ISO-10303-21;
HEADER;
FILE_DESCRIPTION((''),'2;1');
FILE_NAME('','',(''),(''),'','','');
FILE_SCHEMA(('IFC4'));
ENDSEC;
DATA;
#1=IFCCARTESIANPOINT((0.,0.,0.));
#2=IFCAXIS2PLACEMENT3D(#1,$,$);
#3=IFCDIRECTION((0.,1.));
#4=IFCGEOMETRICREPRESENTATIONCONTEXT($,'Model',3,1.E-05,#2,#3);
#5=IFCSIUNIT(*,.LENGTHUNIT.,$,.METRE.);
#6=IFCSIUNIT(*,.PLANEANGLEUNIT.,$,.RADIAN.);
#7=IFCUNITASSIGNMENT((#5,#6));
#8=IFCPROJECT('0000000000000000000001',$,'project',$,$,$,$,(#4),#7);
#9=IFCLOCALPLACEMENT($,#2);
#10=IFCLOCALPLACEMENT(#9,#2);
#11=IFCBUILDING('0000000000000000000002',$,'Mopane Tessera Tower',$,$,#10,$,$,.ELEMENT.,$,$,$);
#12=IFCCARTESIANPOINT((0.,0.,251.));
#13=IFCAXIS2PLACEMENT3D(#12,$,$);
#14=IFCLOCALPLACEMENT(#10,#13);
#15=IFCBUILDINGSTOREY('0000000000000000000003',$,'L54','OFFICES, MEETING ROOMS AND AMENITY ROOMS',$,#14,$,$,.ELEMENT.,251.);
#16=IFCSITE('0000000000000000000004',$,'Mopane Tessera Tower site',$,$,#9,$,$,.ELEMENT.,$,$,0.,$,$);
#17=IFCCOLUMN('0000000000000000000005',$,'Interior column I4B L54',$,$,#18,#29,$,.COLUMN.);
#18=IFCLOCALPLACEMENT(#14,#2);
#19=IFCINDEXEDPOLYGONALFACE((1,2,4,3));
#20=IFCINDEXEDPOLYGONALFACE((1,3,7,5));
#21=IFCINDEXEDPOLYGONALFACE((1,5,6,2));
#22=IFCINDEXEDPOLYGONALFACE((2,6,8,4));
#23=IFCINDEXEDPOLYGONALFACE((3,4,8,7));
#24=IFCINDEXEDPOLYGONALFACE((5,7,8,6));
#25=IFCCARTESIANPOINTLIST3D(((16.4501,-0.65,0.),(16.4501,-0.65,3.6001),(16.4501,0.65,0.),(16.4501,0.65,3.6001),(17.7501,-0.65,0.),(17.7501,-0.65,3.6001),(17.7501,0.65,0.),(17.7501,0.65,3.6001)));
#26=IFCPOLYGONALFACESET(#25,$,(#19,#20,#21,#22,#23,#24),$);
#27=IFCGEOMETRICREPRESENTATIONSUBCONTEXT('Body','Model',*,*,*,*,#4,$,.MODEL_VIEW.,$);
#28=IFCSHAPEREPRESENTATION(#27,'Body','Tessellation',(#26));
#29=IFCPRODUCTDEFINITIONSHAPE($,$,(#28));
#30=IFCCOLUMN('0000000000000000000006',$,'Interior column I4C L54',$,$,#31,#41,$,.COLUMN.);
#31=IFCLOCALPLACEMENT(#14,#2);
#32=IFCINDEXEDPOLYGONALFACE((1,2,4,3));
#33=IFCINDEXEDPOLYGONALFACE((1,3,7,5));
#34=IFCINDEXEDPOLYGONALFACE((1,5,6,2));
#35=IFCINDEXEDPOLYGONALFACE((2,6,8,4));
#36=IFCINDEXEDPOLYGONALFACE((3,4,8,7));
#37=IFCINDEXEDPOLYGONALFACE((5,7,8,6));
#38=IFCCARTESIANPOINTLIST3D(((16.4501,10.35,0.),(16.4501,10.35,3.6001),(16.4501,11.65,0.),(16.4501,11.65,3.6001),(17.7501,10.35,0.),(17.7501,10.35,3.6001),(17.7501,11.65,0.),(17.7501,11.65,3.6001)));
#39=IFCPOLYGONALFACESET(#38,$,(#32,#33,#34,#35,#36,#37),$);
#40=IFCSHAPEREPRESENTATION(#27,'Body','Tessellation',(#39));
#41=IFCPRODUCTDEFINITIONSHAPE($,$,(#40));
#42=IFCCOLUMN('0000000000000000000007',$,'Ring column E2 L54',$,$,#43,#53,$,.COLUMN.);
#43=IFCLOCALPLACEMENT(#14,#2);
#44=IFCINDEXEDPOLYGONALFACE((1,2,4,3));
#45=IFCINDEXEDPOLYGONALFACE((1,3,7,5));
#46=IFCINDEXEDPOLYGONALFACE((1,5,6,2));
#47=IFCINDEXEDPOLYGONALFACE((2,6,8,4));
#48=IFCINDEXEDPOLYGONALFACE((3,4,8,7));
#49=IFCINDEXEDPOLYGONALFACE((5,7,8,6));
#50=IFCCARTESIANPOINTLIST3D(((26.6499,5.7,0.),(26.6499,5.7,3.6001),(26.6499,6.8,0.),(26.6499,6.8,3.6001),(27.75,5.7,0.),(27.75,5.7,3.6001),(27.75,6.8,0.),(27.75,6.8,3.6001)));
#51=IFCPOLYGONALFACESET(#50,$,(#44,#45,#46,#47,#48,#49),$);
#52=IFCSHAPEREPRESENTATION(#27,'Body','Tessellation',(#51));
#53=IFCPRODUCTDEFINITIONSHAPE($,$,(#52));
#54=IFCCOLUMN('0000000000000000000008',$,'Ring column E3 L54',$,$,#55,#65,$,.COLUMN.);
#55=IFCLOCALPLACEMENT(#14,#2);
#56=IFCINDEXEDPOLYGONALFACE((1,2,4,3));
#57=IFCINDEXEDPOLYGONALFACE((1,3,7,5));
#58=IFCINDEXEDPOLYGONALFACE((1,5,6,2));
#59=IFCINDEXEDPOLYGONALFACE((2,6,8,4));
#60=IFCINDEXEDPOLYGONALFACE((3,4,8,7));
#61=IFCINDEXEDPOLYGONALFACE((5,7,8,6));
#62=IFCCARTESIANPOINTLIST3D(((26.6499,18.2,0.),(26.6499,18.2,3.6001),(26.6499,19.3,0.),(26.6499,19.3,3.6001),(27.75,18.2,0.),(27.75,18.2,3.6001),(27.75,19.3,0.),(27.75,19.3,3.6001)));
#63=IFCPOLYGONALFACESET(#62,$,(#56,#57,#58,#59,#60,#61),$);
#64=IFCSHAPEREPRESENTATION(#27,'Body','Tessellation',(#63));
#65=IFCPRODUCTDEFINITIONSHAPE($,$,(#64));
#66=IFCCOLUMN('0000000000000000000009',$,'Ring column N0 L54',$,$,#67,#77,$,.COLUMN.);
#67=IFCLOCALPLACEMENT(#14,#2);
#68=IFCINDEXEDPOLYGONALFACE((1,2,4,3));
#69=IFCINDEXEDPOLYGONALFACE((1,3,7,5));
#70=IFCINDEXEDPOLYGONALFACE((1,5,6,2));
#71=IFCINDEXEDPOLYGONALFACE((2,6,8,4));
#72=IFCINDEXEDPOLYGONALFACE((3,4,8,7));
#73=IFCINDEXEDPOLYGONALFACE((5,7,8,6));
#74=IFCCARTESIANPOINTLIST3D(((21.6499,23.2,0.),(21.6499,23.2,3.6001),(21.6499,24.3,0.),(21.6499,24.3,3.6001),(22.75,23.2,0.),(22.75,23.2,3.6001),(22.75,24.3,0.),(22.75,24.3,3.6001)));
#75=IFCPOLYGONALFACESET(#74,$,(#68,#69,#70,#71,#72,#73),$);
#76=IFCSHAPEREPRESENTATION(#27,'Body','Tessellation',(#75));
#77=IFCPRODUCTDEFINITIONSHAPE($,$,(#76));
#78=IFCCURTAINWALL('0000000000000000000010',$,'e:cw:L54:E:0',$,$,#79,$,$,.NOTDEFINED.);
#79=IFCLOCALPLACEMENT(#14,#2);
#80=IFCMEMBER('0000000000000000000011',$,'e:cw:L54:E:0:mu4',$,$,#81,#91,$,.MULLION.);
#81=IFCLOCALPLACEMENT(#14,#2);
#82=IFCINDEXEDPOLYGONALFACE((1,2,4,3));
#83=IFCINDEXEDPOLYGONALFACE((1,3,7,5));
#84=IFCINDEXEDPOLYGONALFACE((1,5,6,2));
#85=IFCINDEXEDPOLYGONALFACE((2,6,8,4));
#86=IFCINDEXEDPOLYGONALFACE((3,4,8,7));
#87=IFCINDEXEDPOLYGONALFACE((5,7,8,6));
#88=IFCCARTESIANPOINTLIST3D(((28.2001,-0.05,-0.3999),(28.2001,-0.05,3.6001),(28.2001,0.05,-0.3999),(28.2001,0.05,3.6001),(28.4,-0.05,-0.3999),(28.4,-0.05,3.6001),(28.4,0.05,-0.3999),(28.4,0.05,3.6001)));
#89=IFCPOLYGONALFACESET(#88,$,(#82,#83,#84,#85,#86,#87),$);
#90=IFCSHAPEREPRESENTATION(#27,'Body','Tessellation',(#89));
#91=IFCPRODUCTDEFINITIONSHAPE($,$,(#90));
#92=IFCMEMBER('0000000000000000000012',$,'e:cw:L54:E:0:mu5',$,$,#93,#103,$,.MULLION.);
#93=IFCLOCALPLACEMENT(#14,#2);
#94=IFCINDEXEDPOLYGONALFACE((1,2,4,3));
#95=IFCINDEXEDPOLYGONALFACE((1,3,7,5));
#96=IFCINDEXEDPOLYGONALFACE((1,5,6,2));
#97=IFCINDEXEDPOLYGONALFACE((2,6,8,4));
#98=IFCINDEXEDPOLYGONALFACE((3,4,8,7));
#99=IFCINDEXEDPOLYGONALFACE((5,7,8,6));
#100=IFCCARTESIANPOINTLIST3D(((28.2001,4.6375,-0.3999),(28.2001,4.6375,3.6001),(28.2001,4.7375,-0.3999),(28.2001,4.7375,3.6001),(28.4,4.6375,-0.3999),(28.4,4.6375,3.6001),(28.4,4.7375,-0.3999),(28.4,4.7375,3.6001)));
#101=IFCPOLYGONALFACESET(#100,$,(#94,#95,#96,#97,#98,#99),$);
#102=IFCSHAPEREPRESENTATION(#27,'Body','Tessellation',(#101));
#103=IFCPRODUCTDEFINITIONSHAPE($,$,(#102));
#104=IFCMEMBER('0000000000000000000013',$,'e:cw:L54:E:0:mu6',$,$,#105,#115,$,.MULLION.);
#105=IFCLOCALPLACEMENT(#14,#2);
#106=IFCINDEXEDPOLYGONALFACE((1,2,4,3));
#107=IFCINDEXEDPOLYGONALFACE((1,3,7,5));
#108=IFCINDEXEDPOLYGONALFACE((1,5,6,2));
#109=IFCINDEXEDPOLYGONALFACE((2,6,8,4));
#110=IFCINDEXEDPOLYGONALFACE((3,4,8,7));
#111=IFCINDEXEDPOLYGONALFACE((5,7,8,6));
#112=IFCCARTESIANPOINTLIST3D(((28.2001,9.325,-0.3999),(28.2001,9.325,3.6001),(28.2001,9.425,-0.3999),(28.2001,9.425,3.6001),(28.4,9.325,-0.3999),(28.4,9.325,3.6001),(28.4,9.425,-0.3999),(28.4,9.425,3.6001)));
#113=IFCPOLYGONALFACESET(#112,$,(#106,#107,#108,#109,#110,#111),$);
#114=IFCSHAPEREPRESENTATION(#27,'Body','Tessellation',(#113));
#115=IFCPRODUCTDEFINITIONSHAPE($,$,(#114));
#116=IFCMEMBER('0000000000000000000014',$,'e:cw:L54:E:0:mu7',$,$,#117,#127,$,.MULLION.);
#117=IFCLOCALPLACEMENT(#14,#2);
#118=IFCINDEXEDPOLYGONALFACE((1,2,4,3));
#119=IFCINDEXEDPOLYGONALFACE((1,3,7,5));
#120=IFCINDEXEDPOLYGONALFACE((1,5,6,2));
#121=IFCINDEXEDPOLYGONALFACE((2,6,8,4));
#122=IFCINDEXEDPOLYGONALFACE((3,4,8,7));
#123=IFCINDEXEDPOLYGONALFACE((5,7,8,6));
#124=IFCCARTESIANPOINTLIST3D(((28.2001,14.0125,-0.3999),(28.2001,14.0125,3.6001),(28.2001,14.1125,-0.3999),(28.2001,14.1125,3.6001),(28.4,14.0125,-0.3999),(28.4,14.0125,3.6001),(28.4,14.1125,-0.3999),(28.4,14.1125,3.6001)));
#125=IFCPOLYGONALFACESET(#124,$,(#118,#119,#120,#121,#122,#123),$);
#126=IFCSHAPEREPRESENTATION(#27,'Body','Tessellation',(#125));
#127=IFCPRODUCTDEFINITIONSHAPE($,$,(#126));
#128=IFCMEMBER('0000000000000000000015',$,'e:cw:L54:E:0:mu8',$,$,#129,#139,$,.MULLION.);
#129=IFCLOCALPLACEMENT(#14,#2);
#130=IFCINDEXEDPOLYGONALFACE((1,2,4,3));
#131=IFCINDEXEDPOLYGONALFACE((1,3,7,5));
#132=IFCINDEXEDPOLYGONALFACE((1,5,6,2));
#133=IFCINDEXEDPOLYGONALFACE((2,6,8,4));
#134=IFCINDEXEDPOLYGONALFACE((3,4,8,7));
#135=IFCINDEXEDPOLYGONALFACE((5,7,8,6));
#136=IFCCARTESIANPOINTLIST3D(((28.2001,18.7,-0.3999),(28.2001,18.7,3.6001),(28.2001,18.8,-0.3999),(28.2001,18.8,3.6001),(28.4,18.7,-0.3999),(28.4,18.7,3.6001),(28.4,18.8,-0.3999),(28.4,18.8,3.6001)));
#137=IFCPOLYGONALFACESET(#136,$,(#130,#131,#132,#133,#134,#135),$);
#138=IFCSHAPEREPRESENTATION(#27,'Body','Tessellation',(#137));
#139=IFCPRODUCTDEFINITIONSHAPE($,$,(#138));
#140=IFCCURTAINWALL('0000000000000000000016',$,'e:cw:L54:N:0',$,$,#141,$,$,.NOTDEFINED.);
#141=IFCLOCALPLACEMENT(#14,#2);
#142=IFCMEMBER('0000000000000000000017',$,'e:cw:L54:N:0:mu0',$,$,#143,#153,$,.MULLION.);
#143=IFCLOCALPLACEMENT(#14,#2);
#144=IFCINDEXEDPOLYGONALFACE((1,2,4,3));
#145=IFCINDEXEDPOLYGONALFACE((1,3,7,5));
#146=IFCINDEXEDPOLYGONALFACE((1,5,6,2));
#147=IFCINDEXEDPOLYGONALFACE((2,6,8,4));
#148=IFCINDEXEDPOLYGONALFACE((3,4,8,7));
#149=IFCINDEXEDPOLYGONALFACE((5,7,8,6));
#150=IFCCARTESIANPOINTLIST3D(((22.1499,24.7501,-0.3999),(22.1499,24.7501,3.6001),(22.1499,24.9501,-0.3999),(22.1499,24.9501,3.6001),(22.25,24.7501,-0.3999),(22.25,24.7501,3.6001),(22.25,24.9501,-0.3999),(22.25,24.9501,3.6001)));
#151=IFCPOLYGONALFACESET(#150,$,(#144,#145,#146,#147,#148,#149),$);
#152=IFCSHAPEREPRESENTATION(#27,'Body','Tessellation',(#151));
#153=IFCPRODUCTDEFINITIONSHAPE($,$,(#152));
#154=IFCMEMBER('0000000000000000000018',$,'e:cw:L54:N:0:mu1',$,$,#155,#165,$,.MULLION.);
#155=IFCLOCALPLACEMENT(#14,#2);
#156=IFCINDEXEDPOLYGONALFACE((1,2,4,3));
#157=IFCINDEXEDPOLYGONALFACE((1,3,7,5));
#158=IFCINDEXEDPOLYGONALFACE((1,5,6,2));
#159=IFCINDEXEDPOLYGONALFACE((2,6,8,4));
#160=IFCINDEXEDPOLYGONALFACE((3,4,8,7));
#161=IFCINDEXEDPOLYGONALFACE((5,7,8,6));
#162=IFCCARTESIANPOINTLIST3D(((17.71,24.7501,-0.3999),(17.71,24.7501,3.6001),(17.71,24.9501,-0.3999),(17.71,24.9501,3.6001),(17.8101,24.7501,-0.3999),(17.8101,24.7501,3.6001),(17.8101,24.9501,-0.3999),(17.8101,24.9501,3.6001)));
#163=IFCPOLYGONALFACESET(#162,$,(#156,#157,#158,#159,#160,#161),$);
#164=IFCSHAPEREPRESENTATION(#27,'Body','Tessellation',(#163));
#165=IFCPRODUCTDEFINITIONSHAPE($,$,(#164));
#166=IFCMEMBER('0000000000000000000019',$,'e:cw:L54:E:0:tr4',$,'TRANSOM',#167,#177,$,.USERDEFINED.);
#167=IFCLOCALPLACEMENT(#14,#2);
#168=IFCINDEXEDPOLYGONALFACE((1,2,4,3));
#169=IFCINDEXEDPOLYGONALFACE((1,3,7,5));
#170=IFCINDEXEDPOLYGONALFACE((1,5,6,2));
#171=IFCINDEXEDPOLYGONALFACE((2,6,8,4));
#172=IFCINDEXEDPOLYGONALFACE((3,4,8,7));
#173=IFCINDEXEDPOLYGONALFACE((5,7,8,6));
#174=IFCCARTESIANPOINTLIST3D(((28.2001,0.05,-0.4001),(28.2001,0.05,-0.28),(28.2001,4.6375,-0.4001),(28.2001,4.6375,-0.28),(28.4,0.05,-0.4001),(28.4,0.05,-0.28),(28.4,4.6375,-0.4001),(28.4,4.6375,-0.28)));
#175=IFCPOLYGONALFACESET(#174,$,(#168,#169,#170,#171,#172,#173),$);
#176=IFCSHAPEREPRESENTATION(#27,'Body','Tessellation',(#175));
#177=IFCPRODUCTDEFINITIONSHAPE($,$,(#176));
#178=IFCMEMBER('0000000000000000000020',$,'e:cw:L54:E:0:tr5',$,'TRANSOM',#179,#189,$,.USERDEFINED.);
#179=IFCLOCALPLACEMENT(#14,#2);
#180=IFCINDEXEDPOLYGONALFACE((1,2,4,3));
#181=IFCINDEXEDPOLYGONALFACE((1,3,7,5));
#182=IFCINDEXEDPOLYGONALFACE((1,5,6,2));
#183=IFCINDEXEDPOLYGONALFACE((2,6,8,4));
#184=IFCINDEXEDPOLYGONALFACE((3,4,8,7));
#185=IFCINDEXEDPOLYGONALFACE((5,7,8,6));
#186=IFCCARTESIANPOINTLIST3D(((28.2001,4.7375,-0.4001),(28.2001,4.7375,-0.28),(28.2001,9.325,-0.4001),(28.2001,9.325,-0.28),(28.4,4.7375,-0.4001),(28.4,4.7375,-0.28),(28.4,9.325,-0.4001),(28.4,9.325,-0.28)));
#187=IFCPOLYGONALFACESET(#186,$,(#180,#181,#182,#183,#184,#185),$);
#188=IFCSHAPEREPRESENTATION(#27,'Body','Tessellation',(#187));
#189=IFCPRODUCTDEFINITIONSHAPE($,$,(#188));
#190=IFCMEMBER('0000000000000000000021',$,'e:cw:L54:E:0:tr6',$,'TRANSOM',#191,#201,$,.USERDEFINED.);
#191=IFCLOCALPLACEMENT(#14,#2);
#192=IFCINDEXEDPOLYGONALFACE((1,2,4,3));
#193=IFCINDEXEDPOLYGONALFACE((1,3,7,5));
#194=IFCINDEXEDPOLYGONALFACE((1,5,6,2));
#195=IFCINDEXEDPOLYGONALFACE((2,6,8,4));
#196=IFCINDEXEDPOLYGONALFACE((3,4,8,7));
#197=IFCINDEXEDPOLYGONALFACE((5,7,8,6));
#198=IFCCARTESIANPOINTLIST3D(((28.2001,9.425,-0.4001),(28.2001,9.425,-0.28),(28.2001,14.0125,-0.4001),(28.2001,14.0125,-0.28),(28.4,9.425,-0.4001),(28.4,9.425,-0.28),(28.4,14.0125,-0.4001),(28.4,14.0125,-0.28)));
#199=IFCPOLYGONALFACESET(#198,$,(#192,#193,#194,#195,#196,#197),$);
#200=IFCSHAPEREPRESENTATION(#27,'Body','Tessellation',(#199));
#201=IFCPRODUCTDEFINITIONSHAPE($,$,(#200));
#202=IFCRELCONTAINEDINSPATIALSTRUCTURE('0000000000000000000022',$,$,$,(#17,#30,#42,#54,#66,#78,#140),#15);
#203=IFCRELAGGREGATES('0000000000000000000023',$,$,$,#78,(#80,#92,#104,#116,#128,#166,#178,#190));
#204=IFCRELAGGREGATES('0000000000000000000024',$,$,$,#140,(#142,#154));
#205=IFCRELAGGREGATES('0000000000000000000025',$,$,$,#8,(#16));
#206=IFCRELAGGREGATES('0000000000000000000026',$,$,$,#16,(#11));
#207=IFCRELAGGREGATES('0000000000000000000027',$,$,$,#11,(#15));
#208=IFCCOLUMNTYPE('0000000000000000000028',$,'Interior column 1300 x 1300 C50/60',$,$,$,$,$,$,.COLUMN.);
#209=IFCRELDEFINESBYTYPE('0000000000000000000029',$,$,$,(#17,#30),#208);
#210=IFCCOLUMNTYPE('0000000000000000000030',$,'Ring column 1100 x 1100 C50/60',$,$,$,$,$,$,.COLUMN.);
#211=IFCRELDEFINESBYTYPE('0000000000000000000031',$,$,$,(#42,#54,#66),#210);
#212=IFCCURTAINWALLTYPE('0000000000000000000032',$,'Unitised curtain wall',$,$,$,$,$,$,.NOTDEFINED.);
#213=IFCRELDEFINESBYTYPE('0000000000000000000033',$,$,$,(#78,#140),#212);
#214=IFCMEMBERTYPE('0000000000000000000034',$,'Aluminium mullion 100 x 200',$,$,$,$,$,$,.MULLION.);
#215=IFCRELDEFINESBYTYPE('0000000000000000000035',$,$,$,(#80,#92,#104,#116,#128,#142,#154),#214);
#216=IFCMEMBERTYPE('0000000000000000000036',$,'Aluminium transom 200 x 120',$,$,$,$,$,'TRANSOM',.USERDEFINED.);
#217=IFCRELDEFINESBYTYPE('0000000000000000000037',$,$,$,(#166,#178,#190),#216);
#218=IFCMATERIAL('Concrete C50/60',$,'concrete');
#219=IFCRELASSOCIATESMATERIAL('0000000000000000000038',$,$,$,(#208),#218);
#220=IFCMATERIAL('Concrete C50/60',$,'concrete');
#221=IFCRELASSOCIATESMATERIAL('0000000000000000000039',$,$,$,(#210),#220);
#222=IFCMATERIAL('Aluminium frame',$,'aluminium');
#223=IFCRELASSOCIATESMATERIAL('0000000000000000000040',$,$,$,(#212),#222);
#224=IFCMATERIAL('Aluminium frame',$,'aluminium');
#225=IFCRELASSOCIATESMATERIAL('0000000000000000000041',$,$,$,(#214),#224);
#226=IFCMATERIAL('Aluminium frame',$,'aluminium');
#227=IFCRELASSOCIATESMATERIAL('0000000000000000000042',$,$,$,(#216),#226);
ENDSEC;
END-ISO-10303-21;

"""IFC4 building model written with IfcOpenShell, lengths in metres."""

from ifc_helpers import new_model, si_unit, direction, frame, origin, origin_2d, place, context, subcontext, project, spatial, rectangle, extrude, material, material_profile, profile_set, type_object, element, aggregate, save


model = new_model("IFC4")

# Units and contexts
model_context = context("Model", 3, precision=1e-05, world=origin(), true_north=direction((0.0, 1.0)))
body_context = subcontext(model_context, "Body", "Model", "MODEL_VIEW")
ifc_project = project(units=[si_unit("LENGTHUNIT", "METRE"), si_unit("PLANEANGLEUNIT", "RADIAN")], contexts=[model_context])

# Site, building, storey
site_placement = place(None, origin())
site = spatial("IfcSite", under=ifc_project, at=site_placement, Name="Mopane Tessera Tower site", CompositionType="ELEMENT", RefElevation=0.0)
building_placement = place(site_placement, origin())
building = spatial("IfcBuilding", under=site, at=building_placement, Name="Mopane Tessera Tower", CompositionType="ELEMENT")
storey_placement = place(building_placement, frame((0.0, 0.0, 251.0)))
storey = spatial("IfcBuildingStorey", under=building, at=storey_placement, Name="L54", Description="OFFICES, MEETING ROOMS AND AMENITY ROOMS", CompositionType="ELEMENT", Elevation=251.0)

# Columns
ifc_material_1 = material(Name="Concrete C50/60", Category="concrete")
ifc_material_profile_1 = material_profile(ifc_material_1, rectangle(XDim=1.3, YDim=1.3, at=origin_2d()))
ifc_profile_set_1 = profile_set([ifc_material_profile_1], Name="Concrete C50/60")
column_type_1 = type_object("IfcColumnType", Name="Interior column 1300 x 1300 C50/60", PredefinedType="COLUMN", material=ifc_profile_set_1)
for number, where, z_axis, x_axis, name in (
    (1, (17.1001, 0.0, 0.0), (0.0, 0.0, 1.0), (1.0, 0.0, 0.0), "Interior column I4B L54"),
    (2, (17.1001, 11.0, 0.0), (0.0, 0.0, 1.0), (1.0, 0.0, 0.0), "Interior column I4C L54"),
):
    element("IfcColumn", number, at=place(storey_placement, frame(where, z_axis=z_axis, x_axis=x_axis)), inside=storey, type_object=column_type_1, Name=name, PredefinedType="COLUMN", context=body_context, shape_type="SweptSolid", body=[
        extrude(rectangle(XDim=1.3, YDim=1.3, at=origin_2d()), origin(), (0.0, 0.0, 1.0), 3.6001),
    ])
ifc_material_2 = material(Name="Concrete C50/60", Category="concrete")
ifc_material_profile_2 = material_profile(ifc_material_2, rectangle(XDim=1.1001, YDim=1.1001, at=origin_2d()))
ifc_profile_set_2 = profile_set([ifc_material_profile_2], Name="Concrete C50/60")
column_type_2 = type_object("IfcColumnType", Name="Ring column 1100 x 1100 C50/60", PredefinedType="COLUMN", material=ifc_profile_set_2)
for number, where, z_axis, x_axis, name in (
    (3, (27.2, 6.25, 0.0), (0.0, 0.0, 1.0), (1.0, 0.0, 0.0), "Ring column E2 L54"),
    (4, (27.2, 18.75, 0.0), (0.0, 0.0, 1.0), (1.0, 0.0, 0.0), "Ring column E3 L54"),
    (5, (22.2, 23.75, 0.0), (0.0, 0.0, 1.0), (1.0, 0.0, 0.0), "Ring column N0 L54"),
):
    element("IfcColumn", number, at=place(storey_placement, frame(where, z_axis=z_axis, x_axis=x_axis)), inside=storey, type_object=column_type_2, Name=name, PredefinedType="COLUMN", context=body_context, shape_type="SweptSolid", body=[
        extrude(rectangle(XDim=1.1001, YDim=1.1001, at=origin_2d()), origin(), (0.0, 0.0, 1.0), 3.6001),
    ])

# Curtain walls, members
ifc_material_3 = material(Name="Aluminium frame", Category="aluminium")
curtain_wall_type = type_object("IfcCurtainWallType", Name="Unitised curtain wall", PredefinedType="NOTDEFINED", material=ifc_material_3)
curtain_wall_1_placement = place(storey_placement, origin())
curtain_wall_1 = element("IfcCurtainWall", 6, at=curtain_wall_1_placement, inside=storey, type_object=curtain_wall_type, Name="e:cw:L54:E:0", PredefinedType="NOTDEFINED")
ifc_material_4 = material(Name="Aluminium frame", Category="aluminium")
ifc_material_profile_3 = material_profile(ifc_material_4, rectangle(XDim=0.1001, YDim=0.2, at=origin_2d()))
ifc_profile_set_3 = profile_set([ifc_material_profile_3], Name="Aluminium frame")
member_type_1 = type_object("IfcMemberType", Name="Aluminium mullion 100 x 200", PredefinedType="MULLION", material=ifc_profile_set_3)
member_1_placement = place(storey_placement, frame((28.3, 0.0, -0.3999), z_axis=(0.0, 0.0, 1.0), x_axis=(0.0, 1.0, 0.0)))
member_1 = element("IfcMember", 7, at=member_1_placement, type_object=member_type_1, Name="e:cw:L54:E:0:mu4", PredefinedType="MULLION", context=body_context, shape_type="SweptSolid", body=[
    extrude(rectangle(XDim=0.1001, YDim=0.2, at=origin_2d()), origin(), (0.0, 0.0, 1.0), 4.0),
])
member_2_placement = place(storey_placement, frame((28.3, 4.6875, -0.3999), z_axis=(0.0, 0.0, 1.0), x_axis=(0.0, 1.0, 0.0)))
member_2 = element("IfcMember", 8, at=member_2_placement, type_object=member_type_1, Name="e:cw:L54:E:0:mu5", PredefinedType="MULLION", context=body_context, shape_type="SweptSolid", body=[
    extrude(rectangle(XDim=0.1001, YDim=0.2, at=origin_2d()), origin(), (0.0, 0.0, 1.0), 4.0),
])
member_3_placement = place(storey_placement, frame((28.3, 9.375, -0.3999), z_axis=(0.0, 0.0, 1.0), x_axis=(0.0, 1.0, 0.0)))
member_3 = element("IfcMember", 9, at=member_3_placement, type_object=member_type_1, Name="e:cw:L54:E:0:mu6", PredefinedType="MULLION", context=body_context, shape_type="SweptSolid", body=[
    extrude(rectangle(XDim=0.1001, YDim=0.2, at=origin_2d()), origin(), (0.0, 0.0, 1.0), 4.0),
])
member_4_placement = place(storey_placement, frame((28.3, 14.0625, -0.3999), z_axis=(0.0, 0.0, 1.0), x_axis=(0.0, 1.0, 0.0)))
member_4 = element("IfcMember", 10, at=member_4_placement, type_object=member_type_1, Name="e:cw:L54:E:0:mu7", PredefinedType="MULLION", context=body_context, shape_type="SweptSolid", body=[
    extrude(rectangle(XDim=0.1001, YDim=0.2, at=origin_2d()), origin(), (0.0, 0.0, 1.0), 4.0),
])
member_5_placement = place(storey_placement, frame((28.3, 18.75, -0.3999), z_axis=(0.0, 0.0, 1.0), x_axis=(0.0, 1.0, 0.0)))
member_5 = element("IfcMember", 11, at=member_5_placement, type_object=member_type_1, Name="e:cw:L54:E:0:mu8", PredefinedType="MULLION", context=body_context, shape_type="SweptSolid", body=[
    extrude(rectangle(XDim=0.1001, YDim=0.2, at=origin_2d()), origin(), (0.0, 0.0, 1.0), 4.0),
])
curtain_wall_2_placement = place(storey_placement, origin())
curtain_wall_2 = element("IfcCurtainWall", 12, at=curtain_wall_2_placement, inside=storey, type_object=curtain_wall_type, Name="e:cw:L54:N:0", PredefinedType="NOTDEFINED")
member_6_placement = place(storey_placement, frame((22.2, 24.8501, -0.3999), z_axis=(0.0, 0.0, 1.0), x_axis=(-1.0, 0.0, 0.0)))
member_6 = element("IfcMember", 13, at=member_6_placement, type_object=member_type_1, Name="e:cw:L54:N:0:mu0", PredefinedType="MULLION", context=body_context, shape_type="SweptSolid", body=[
    extrude(rectangle(XDim=0.1001, YDim=0.2, at=origin_2d()), origin(), (0.0, 0.0, 1.0), 4.0),
])
member_7_placement = place(storey_placement, frame((17.76, 24.8501, -0.3999), z_axis=(0.0, 0.0, 1.0), x_axis=(-1.0, 0.0, 0.0)))
member_7 = element("IfcMember", 14, at=member_7_placement, type_object=member_type_1, Name="e:cw:L54:N:0:mu1", PredefinedType="MULLION", context=body_context, shape_type="SweptSolid", body=[
    extrude(rectangle(XDim=0.1001, YDim=0.2, at=origin_2d()), origin(), (0.0, 0.0, 1.0), 4.0),
])

# Members
ifc_material_5 = material(Name="Aluminium frame", Category="aluminium")
ifc_material_profile_4 = material_profile(ifc_material_5, rectangle(XDim=0.2, YDim=0.1201, at=origin_2d()))
ifc_profile_set_4 = profile_set([ifc_material_profile_4], Name="Aluminium frame")
member_type_2 = type_object("IfcMemberType", Name="Aluminium transom 200 x 120", ElementType="TRANSOM", PredefinedType="USERDEFINED", material=ifc_profile_set_4)
member_8_placement = place(storey_placement, frame((28.3, 0.05, -0.3401), z_axis=(0.0, 1.0, 0.0), x_axis=(-1.0, 0.0, 0.0)))
member_8 = element("IfcMember", 15, at=member_8_placement, type_object=member_type_2, Name="e:cw:L54:E:0:tr4", ObjectType="TRANSOM", PredefinedType="USERDEFINED", context=body_context, shape_type="SweptSolid", body=[
    extrude(rectangle(XDim=0.2, YDim=0.1201, at=origin_2d()), origin(), (0.0, 0.0, 1.0), 4.5874),
])
member_9_placement = place(storey_placement, frame((28.3, 4.7375, -0.3401), z_axis=(0.0, 1.0, 0.0), x_axis=(-1.0, 0.0, 0.0)))
member_9 = element("IfcMember", 16, at=member_9_placement, type_object=member_type_2, Name="e:cw:L54:E:0:tr5", ObjectType="TRANSOM", PredefinedType="USERDEFINED", context=body_context, shape_type="SweptSolid", body=[
    extrude(rectangle(XDim=0.2, YDim=0.1201, at=origin_2d()), origin(), (0.0, 0.0, 1.0), 4.5874),
])
member_10_placement = place(storey_placement, frame((28.3, 9.425, -0.3401), z_axis=(0.0, 1.0, 0.0), x_axis=(-1.0, 0.0, 0.0)))
member_10 = element("IfcMember", 17, at=member_10_placement, type_object=member_type_2, Name="e:cw:L54:E:0:tr6", ObjectType="TRANSOM", PredefinedType="USERDEFINED", context=body_context, shape_type="SweptSolid", body=[
    extrude(rectangle(XDim=0.2, YDim=0.1201, at=origin_2d()), origin(), (0.0, 0.0, 1.0), 4.5874),
])

aggregate(curtain_wall_1, [member_1, member_2, member_3, member_4, member_5, member_8, member_9, member_10])
aggregate(curtain_wall_2, [member_6, member_7])

save(model, "model.ifc")
